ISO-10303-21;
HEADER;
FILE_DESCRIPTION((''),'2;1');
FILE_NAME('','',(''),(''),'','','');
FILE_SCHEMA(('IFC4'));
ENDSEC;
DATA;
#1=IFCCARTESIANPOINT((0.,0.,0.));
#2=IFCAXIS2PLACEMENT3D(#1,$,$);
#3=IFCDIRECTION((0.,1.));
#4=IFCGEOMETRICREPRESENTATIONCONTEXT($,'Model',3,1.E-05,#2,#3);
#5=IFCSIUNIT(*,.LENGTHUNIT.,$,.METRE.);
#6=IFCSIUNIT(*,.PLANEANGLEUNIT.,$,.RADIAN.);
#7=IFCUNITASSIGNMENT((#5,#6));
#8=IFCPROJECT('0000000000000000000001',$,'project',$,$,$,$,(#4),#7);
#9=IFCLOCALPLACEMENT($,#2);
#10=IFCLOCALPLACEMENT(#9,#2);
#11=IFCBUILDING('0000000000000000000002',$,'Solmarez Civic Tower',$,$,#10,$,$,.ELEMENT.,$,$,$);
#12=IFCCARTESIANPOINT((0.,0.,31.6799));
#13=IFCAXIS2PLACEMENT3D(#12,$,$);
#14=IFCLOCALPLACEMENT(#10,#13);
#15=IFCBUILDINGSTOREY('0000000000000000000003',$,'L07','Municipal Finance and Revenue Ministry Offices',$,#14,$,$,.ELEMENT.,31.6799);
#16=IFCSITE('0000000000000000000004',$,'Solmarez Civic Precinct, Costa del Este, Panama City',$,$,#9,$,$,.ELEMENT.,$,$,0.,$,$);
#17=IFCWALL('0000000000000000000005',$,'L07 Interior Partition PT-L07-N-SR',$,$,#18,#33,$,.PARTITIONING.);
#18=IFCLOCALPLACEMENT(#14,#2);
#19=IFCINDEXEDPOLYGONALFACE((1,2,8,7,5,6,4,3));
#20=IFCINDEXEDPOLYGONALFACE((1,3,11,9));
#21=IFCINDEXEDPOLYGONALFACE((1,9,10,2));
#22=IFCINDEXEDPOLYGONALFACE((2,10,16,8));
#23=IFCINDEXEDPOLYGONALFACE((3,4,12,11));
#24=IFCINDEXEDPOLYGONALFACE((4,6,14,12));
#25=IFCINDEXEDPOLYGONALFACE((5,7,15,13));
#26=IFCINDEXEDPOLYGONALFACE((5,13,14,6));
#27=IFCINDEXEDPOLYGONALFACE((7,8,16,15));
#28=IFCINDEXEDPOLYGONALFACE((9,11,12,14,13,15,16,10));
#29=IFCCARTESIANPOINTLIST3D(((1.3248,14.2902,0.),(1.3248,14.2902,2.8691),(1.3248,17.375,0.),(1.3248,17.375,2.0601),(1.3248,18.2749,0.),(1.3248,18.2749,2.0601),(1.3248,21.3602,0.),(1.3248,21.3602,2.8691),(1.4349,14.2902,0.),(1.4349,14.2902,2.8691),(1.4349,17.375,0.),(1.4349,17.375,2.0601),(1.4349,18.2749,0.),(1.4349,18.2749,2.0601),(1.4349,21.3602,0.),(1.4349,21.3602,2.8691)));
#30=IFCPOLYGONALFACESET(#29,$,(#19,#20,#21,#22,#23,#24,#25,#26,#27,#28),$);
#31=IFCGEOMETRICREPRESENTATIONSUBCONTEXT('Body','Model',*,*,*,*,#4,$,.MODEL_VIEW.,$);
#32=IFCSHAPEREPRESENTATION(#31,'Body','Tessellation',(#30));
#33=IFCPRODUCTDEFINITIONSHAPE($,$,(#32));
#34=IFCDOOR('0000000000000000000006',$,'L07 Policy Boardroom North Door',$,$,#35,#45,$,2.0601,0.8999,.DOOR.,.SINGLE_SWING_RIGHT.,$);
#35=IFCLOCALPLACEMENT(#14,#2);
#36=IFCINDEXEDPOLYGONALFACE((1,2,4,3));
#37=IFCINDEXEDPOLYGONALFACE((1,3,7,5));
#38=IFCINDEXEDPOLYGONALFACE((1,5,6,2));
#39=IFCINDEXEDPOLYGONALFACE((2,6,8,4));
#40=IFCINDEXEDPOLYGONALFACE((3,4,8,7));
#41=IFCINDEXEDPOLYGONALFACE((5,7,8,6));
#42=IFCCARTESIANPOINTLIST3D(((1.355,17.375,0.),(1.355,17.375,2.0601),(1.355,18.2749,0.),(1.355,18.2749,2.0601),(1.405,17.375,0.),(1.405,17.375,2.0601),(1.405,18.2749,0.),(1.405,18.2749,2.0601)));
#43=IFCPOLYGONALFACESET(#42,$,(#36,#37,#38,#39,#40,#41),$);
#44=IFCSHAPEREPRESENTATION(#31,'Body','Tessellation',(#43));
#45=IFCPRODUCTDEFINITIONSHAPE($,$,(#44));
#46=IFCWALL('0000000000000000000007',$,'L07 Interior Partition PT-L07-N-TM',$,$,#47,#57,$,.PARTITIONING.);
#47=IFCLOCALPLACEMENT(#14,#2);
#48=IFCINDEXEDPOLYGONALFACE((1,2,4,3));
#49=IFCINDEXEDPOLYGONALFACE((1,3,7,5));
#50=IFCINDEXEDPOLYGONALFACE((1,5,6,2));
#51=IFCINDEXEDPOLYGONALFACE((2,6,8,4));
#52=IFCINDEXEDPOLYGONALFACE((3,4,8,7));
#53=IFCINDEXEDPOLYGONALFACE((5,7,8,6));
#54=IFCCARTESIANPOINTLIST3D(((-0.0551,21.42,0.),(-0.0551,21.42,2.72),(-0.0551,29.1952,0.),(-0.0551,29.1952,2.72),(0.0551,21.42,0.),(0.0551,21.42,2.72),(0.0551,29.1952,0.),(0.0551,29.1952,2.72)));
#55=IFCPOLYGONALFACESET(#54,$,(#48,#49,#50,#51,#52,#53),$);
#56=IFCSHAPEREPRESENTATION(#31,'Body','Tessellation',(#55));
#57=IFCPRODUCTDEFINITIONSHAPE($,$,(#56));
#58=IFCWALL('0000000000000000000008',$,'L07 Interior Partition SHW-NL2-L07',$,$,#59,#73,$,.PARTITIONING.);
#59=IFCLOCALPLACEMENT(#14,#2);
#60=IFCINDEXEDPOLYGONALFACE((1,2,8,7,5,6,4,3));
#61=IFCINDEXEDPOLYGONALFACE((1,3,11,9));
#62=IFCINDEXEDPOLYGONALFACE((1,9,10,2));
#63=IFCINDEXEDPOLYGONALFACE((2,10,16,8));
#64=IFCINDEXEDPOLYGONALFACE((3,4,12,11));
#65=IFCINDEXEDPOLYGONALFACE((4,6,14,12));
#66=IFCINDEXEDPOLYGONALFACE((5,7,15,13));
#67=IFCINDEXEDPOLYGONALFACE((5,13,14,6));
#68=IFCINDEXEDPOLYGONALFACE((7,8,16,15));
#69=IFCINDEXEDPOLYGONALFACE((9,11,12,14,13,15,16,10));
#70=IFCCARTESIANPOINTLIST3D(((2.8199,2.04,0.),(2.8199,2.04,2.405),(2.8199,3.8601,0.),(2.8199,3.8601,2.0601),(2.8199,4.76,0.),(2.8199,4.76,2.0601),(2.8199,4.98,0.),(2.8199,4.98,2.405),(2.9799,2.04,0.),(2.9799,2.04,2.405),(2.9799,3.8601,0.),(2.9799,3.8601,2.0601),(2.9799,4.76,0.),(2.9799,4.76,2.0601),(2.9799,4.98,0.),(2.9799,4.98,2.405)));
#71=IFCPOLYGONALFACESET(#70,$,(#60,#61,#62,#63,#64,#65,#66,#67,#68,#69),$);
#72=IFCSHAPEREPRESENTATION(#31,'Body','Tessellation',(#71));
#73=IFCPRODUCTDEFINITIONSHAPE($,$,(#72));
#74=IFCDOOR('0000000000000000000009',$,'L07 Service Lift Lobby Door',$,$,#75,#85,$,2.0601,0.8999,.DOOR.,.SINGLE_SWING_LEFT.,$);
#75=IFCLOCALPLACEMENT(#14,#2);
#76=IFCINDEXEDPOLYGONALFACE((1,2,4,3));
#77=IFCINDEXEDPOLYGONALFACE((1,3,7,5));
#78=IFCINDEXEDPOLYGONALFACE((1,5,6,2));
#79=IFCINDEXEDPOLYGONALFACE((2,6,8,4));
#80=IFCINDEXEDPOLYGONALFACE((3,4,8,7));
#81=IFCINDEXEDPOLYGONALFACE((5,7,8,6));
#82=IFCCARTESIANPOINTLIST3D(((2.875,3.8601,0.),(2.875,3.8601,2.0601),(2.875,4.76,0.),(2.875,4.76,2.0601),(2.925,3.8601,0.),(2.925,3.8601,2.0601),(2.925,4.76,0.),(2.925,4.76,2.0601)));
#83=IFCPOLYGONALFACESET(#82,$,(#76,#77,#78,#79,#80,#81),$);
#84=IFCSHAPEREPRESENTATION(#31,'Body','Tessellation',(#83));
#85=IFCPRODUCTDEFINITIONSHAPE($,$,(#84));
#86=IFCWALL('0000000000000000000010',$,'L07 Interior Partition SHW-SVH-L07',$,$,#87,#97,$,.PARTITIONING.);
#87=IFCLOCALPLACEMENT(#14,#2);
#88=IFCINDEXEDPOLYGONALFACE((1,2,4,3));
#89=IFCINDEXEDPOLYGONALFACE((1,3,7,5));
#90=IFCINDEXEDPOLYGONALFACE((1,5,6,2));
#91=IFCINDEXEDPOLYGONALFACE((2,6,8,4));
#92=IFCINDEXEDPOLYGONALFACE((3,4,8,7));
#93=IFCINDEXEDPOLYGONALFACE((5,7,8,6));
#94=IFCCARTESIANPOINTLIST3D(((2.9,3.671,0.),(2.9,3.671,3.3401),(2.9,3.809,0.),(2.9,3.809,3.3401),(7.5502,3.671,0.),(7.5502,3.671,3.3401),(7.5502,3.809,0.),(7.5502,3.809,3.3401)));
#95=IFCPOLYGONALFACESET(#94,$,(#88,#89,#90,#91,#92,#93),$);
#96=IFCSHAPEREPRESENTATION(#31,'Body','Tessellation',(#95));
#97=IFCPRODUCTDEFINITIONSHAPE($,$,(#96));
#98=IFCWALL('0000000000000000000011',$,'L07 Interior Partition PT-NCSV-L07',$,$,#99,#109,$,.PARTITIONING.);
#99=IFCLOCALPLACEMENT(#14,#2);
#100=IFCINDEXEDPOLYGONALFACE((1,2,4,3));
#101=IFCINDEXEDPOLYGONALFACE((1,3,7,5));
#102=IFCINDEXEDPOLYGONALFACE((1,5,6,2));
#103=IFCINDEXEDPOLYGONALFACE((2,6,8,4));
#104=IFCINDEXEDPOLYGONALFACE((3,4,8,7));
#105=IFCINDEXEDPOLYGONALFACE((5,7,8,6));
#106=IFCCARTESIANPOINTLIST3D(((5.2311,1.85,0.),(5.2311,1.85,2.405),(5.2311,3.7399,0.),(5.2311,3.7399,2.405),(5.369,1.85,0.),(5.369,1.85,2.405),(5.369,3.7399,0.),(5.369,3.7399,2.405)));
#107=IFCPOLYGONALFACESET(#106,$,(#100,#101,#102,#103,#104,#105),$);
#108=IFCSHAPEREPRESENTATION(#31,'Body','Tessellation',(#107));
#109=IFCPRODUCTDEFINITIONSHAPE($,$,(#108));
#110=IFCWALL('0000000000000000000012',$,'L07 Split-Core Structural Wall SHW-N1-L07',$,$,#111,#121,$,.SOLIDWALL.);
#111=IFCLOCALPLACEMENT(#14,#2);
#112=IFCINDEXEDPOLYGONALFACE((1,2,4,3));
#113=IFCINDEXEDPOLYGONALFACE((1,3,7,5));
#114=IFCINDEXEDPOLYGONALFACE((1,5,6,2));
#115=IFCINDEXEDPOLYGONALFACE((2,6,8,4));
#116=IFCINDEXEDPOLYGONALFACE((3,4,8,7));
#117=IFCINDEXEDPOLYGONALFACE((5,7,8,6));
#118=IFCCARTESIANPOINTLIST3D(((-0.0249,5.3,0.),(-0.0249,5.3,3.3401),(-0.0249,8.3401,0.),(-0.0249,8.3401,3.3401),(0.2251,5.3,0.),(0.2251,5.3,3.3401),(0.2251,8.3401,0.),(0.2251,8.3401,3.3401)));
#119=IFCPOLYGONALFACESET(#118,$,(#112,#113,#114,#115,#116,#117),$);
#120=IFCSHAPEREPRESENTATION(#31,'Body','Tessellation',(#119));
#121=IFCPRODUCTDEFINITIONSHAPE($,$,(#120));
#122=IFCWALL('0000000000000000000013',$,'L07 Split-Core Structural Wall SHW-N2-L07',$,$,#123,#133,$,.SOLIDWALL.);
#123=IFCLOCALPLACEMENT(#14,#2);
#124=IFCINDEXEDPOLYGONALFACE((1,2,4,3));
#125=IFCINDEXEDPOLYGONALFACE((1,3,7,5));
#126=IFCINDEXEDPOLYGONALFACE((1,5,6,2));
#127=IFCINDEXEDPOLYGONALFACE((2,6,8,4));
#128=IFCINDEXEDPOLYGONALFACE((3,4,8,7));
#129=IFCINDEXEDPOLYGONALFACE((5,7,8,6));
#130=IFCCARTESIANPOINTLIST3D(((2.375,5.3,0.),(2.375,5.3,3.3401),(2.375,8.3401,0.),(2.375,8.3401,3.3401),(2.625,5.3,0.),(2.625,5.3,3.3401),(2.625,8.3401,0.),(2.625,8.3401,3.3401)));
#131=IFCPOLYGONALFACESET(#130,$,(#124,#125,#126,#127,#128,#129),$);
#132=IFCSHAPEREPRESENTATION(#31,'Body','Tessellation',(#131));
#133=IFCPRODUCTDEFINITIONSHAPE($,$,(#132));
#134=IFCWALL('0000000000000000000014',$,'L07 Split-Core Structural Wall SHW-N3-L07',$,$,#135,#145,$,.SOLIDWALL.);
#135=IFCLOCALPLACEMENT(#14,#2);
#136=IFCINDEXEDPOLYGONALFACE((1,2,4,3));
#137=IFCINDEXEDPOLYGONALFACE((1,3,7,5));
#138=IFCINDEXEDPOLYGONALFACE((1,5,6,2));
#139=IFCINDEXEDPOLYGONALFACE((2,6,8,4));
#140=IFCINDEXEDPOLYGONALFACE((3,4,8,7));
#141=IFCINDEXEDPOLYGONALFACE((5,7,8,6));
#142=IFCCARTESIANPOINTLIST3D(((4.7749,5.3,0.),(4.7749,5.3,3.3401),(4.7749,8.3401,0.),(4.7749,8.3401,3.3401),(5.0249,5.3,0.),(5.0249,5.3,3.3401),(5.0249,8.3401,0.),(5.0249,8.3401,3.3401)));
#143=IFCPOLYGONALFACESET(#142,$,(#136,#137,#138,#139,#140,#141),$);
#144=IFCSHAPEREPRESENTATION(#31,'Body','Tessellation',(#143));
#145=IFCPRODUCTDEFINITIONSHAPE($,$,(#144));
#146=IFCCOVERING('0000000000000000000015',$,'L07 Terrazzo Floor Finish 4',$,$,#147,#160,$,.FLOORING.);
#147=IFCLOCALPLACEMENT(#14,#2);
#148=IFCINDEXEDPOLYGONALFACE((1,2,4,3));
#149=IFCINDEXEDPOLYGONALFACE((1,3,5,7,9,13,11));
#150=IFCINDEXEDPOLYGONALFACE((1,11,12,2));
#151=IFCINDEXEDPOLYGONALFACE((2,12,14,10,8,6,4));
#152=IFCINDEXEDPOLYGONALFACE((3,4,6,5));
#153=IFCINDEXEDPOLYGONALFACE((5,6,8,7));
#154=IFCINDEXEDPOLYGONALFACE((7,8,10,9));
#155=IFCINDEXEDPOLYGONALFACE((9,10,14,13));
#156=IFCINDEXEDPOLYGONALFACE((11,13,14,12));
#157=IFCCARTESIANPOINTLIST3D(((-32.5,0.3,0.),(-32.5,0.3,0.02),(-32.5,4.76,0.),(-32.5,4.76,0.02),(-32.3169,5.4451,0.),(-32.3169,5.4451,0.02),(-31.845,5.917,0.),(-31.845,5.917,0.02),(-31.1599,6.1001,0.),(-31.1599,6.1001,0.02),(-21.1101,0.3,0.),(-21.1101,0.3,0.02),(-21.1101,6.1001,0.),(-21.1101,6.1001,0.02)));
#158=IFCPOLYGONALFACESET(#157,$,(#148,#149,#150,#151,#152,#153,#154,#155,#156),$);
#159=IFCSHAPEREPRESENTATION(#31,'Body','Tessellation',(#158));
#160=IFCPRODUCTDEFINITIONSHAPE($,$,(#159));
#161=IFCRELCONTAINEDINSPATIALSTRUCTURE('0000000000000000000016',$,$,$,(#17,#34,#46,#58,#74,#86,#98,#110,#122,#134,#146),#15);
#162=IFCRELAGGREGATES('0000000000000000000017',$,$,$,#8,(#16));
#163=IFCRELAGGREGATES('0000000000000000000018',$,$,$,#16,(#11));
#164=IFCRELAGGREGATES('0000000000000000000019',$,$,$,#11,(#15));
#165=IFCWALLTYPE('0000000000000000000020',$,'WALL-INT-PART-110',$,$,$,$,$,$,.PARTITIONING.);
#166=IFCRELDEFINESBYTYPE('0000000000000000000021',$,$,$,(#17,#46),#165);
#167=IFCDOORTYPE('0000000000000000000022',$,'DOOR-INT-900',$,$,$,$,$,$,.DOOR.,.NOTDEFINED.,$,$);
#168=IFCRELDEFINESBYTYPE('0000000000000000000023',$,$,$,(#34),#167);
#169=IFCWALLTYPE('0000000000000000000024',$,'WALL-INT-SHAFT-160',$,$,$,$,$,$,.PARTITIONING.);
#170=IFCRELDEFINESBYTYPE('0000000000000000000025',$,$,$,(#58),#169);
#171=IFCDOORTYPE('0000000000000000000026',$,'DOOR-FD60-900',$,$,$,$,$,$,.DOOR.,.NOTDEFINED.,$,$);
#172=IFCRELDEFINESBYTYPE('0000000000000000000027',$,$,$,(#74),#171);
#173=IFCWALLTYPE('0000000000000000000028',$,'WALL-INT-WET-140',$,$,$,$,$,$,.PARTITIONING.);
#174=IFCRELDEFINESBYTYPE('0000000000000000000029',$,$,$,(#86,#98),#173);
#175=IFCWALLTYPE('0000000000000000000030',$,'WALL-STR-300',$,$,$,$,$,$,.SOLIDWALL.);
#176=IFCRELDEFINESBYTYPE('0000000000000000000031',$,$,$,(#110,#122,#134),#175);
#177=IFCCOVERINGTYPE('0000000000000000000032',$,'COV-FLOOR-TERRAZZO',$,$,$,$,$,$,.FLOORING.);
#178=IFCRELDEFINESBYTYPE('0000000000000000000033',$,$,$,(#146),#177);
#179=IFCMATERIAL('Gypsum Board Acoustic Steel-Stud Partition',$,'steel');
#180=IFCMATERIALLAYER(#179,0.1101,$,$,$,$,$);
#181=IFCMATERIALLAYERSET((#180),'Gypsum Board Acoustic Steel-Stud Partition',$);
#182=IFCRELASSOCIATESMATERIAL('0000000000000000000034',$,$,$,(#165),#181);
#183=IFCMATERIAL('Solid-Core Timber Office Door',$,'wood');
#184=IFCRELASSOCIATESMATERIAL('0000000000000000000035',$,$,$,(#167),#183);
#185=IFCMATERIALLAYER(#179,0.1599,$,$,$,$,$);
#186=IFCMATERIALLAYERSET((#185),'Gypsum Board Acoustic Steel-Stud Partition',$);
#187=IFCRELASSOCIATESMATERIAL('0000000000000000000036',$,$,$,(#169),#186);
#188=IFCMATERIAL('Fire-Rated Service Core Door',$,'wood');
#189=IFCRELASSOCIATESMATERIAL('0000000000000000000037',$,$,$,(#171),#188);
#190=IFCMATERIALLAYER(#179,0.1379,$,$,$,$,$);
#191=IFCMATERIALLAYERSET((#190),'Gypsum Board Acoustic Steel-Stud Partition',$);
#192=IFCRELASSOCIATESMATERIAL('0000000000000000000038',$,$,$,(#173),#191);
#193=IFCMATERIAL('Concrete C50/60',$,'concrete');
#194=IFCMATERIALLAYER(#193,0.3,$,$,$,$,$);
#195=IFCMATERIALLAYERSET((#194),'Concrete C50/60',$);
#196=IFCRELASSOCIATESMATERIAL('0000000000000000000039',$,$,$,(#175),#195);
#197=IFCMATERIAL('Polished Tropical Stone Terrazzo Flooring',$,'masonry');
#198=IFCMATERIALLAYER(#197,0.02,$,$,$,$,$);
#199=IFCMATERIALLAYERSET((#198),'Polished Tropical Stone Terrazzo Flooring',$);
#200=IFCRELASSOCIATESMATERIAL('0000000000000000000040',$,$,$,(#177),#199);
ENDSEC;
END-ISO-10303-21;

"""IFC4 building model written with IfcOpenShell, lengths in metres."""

from ifc_helpers import new_model, si_unit, direction, frame, frame_2d, origin, place, context, subcontext, project, spatial, polyline, rectangle, outline, extrude, material, layer, layer_set, type_object, element, fill, save


model = new_model("IFC4")

# Units and contexts
model_context = context("Model", 3, precision=1e-05, world=origin(), true_north=direction((0.0, 1.0)))
body_context = subcontext(model_context, "Body", "Model", "MODEL_VIEW")
ifc_project = project(units=[si_unit("LENGTHUNIT", "METRE"), si_unit("PLANEANGLEUNIT", "RADIAN")], contexts=[model_context])

# Site, building, storey
site_placement = place(None, origin())
site = spatial("IfcSite", under=ifc_project, at=site_placement, Name="Solmarez Civic Precinct, Costa del Este, Panama City", CompositionType="ELEMENT", RefElevation=0.0)
building_placement = place(site_placement, origin())
building = spatial("IfcBuilding", under=site, at=building_placement, Name="Solmarez Civic Tower", CompositionType="ELEMENT")
storey_placement = place(building_placement, frame((0.0, 0.0, 31.6799)))
storey = spatial("IfcBuildingStorey", under=building, at=storey_placement, Name="L07", Description="Municipal Finance and Revenue Ministry Offices", CompositionType="ELEMENT", Elevation=31.6799)

# Shared definitions
ifc_material_1 = material(Name="Gypsum Board Acoustic Steel-Stud Partition", Category="steel")

# Wall, opening, door
ifc_layer_1 = layer(ifc_material_1, 0.1101)
ifc_layer_set_1 = layer_set([ifc_layer_1], Name="Gypsum Board Acoustic Steel-Stud Partition")
wall_type_1 = type_object("IfcWallType", Name="WALL-INT-PART-110", PredefinedType="PARTITIONING", material=ifc_layer_set_1)
wall_1_placement = place(storey_placement, frame((1.3799, 14.29, 0.0), z_axis=(0.0, 0.0, 1.0), x_axis=(0.0, 1.0, 0.0)))
wall_1 = element("IfcWall", 1, at=wall_1_placement, inside=storey, type_object=wall_type_1, Name="L07 Interior Partition PT-L07-N-SR", PredefinedType="PARTITIONING", context=body_context, shape_type="SweptSolid", body=[
    extrude(rectangle(XDim=7.0701, YDim=0.1101, at=frame_2d((3.5352, 0.0))), origin(), (0.0, 0.0, 1.0), 2.8691),
])
opening_1_placement = place(wall_1_placement, frame((3.085, 0.0, 0.0)))
opening_1 = element("IfcOpeningElement", 2, at=opening_1_placement, cuts=wall_1, PredefinedType="OPENING", context=body_context, shape_type="SweptSolid", body=[
    extrude(rectangle(XDim=0.8999, YDim=2.0601, at=frame_2d((0.45, 1.03))), frame((0.0, 0.0649, 0.0), z_axis=(0.0, -1.0, 0.0), x_axis=(1.0, 0.0, 0.0)), (0.0, 0.0, 1.0), 0.1301),
])
ifc_material_2 = material(Name="Solid-Core Timber Office Door", Category="wood")
door_type_1 = type_object("IfcDoorType", Name="DOOR-INT-900", OperationType="NOTDEFINED", PredefinedType="DOOR", material=ifc_material_2)
door_1_placement = place(opening_1_placement, origin())
door_1 = element("IfcDoor", 3, at=door_1_placement, inside=storey, type_object=door_type_1, Name="L07 Policy Boardroom North Door", OperationType="SINGLE_SWING_RIGHT", OverallHeight=2.0601, OverallWidth=0.8999, PredefinedType="DOOR", context=body_context, shape_type="SweptSolid", body=[
    extrude(rectangle(XDim=0.8999, YDim=2.0601, at=frame_2d((0.45, 1.03))), frame((0.0, 0.0249, 0.0), z_axis=(0.0, -1.0, 0.0), x_axis=(1.0, 0.0, 0.0)), (0.0, 0.0, 1.0), 0.05),
])
fill(opening_1, door_1)

# Wall
wall_2_placement = place(storey_placement, frame((0.0, 21.4199, 0.0), z_axis=(0.0, 0.0, 1.0), x_axis=(0.0, 1.0, 0.0)))
element("IfcWall", 4, at=wall_2_placement, inside=storey, type_object=wall_type_1, Name="L07 Interior Partition PT-L07-N-TM", PredefinedType="PARTITIONING", context=body_context, shape_type="SweptSolid", body=[
    extrude(rectangle(XDim=7.7751, YDim=0.1101, at=frame_2d((3.8877, 0.0))), origin(), (0.0, 0.0, 1.0), 2.72),
])

# Wall, opening, door
ifc_layer_2 = layer(ifc_material_1, 0.1599)
ifc_layer_set_2 = layer_set([ifc_layer_2], Name="Gypsum Board Acoustic Steel-Stud Partition")
wall_type_2 = type_object("IfcWallType", Name="WALL-INT-SHAFT-160", PredefinedType="PARTITIONING", material=ifc_layer_set_2)
wall_3_placement = place(storey_placement, frame((2.8999, 2.04, 0.0), z_axis=(0.0, 0.0, 1.0), x_axis=(0.0, 1.0, 0.0)))
wall_3 = element("IfcWall", 5, at=wall_3_placement, inside=storey, type_object=wall_type_2, Name="L07 Interior Partition SHW-NL2-L07", PredefinedType="PARTITIONING", context=body_context, shape_type="SweptSolid", body=[
    extrude(rectangle(XDim=2.9399, YDim=0.1599, at=frame_2d((1.47, 0.0))), origin(), (0.0, 0.0, 1.0), 2.405),
])
opening_2_placement = place(wall_3_placement, frame((1.8201, 0.0, 0.0)))
opening_2 = element("IfcOpeningElement", 6, at=opening_2_placement, cuts=wall_3, PredefinedType="OPENING", context=body_context, shape_type="SweptSolid", body=[
    extrude(rectangle(XDim=0.8999, YDim=2.0601, at=frame_2d((0.45, 1.03))), frame((0.0, 0.0898, 0.0), z_axis=(0.0, -1.0, 0.0), x_axis=(1.0, 0.0, 0.0)), (0.0, 0.0, 1.0), 0.1799),
])
ifc_material_3 = material(Name="Fire-Rated Service Core Door", Category="wood")
door_type_2 = type_object("IfcDoorType", Name="DOOR-FD60-900", OperationType="NOTDEFINED", PredefinedType="DOOR", material=ifc_material_3)
door_2_placement = place(opening_2_placement, origin())
door_2 = element("IfcDoor", 7, at=door_2_placement, inside=storey, type_object=door_type_2, Name="L07 Service Lift Lobby Door", OperationType="SINGLE_SWING_LEFT", OverallHeight=2.0601, OverallWidth=0.8999, PredefinedType="DOOR", context=body_context, shape_type="SweptSolid", body=[
    extrude(rectangle(XDim=0.8999, YDim=2.0601, at=frame_2d((0.45, 1.03))), frame((0.0, 0.0249, 0.0), z_axis=(0.0, -1.0, 0.0), x_axis=(1.0, 0.0, 0.0)), (0.0, 0.0, 1.0), 0.05),
])
fill(opening_2, door_2)

# Walls
ifc_layer_3 = layer(ifc_material_1, 0.1379)
ifc_layer_set_3 = layer_set([ifc_layer_3], Name="Gypsum Board Acoustic Steel-Stud Partition")
wall_type_3 = type_object("IfcWallType", Name="WALL-INT-WET-140", PredefinedType="PARTITIONING", material=ifc_layer_set_3)
wall_4_placement = place(storey_placement, frame((2.8999, 3.74, 0.0), z_axis=(0.0, 0.0, 1.0), x_axis=(1.0, 0.0, 0.0)))
element("IfcWall", 8, at=wall_4_placement, inside=storey, type_object=wall_type_3, Name="L07 Interior Partition SHW-SVH-L07", PredefinedType="PARTITIONING", context=body_context, shape_type="SweptSolid", body=[
    extrude(rectangle(XDim=4.6501, YDim=0.1379, at=frame_2d((2.3252, 0.0))), origin(), (0.0, 0.0, 1.0), 3.3401),
])
wall_5_placement = place(storey_placement, frame((5.3, 1.8501, 0.0), z_axis=(0.0, 0.0, 1.0), x_axis=(0.0, 1.0, 0.0)))
element("IfcWall", 9, at=wall_5_placement, inside=storey, type_object=wall_type_3, Name="L07 Interior Partition PT-NCSV-L07", PredefinedType="PARTITIONING", context=body_context, shape_type="SweptSolid", body=[
    extrude(rectangle(XDim=1.8899, YDim=0.1379, at=frame_2d((0.9448, 0.0))), origin(), (0.0, 0.0, 1.0), 2.405),
])

# Shared definitions
ifc_material_4 = material(Name="Concrete C50/60", Category="concrete")
ifc_layer_4 = layer(ifc_material_4, 0.3)
ifc_layer_set_4 = layer_set([ifc_layer_4], Name="Concrete C50/60")
wall_type_4 = type_object("IfcWallType", Name="WALL-STR-300", PredefinedType="SOLIDWALL", material=ifc_layer_set_4)

# Walls
for number, where, z_axis, x_axis, name in (
    (10, (0.1001, 5.3, 0.0), (0.0, 0.0, 1.0), (0.0, 1.0, 0.0), "L07 Split-Core Structural Wall SHW-N1-L07"),
    (11, (2.5, 5.3, 0.0), (0.0, 0.0, 1.0), (0.0, 1.0, 0.0), "L07 Split-Core Structural Wall SHW-N2-L07"),
    (12, (4.8999, 5.3, 0.0), (0.0, 0.0, 1.0), (0.0, 1.0, 0.0), "L07 Split-Core Structural Wall SHW-N3-L07"),
):
    element("IfcWall", number, at=place(storey_placement, frame(where, z_axis=z_axis, x_axis=x_axis)), inside=storey, type_object=wall_type_4, Name=name, PredefinedType="SOLIDWALL", context=body_context, shape_type="SweptSolid", body=[
        extrude(rectangle(XDim=3.04, YDim=0.25, at=frame_2d((1.52, 0.0))), origin(), (0.0, 0.0, 1.0), 3.3401),
    ])

# Covering
ifc_material_5 = material(Name="Polished Tropical Stone Terrazzo Flooring", Category="masonry")
ifc_layer_5 = layer(ifc_material_5, 0.02)
ifc_layer_set_5 = layer_set([ifc_layer_5], Name="Polished Tropical Stone Terrazzo Flooring")
covering_type = type_object("IfcCoveringType", Name="COV-FLOOR-TERRAZZO", PredefinedType="FLOORING", material=ifc_layer_set_5)
covering_placement = place(storey_placement, origin())
element("IfcCovering", 13, at=covering_placement, inside=storey, type_object=covering_type, Name="L07 Terrazzo Floor Finish 4", PredefinedType="FLOORING", context=body_context, shape_type="SweptSolid", body=[
    extrude(outline(polyline([(-21.1101, 6.1001), (-31.1599, 6.1001), (-31.845, 5.917), (-32.3169, 5.4451), (-32.5, 4.76), (-32.5, 0.3), (-21.1101, 0.3), (-21.1101, 6.1001)])), origin(), (0.0, 0.0, 1.0), 0.02),
])

save(model, "model.ifc")
